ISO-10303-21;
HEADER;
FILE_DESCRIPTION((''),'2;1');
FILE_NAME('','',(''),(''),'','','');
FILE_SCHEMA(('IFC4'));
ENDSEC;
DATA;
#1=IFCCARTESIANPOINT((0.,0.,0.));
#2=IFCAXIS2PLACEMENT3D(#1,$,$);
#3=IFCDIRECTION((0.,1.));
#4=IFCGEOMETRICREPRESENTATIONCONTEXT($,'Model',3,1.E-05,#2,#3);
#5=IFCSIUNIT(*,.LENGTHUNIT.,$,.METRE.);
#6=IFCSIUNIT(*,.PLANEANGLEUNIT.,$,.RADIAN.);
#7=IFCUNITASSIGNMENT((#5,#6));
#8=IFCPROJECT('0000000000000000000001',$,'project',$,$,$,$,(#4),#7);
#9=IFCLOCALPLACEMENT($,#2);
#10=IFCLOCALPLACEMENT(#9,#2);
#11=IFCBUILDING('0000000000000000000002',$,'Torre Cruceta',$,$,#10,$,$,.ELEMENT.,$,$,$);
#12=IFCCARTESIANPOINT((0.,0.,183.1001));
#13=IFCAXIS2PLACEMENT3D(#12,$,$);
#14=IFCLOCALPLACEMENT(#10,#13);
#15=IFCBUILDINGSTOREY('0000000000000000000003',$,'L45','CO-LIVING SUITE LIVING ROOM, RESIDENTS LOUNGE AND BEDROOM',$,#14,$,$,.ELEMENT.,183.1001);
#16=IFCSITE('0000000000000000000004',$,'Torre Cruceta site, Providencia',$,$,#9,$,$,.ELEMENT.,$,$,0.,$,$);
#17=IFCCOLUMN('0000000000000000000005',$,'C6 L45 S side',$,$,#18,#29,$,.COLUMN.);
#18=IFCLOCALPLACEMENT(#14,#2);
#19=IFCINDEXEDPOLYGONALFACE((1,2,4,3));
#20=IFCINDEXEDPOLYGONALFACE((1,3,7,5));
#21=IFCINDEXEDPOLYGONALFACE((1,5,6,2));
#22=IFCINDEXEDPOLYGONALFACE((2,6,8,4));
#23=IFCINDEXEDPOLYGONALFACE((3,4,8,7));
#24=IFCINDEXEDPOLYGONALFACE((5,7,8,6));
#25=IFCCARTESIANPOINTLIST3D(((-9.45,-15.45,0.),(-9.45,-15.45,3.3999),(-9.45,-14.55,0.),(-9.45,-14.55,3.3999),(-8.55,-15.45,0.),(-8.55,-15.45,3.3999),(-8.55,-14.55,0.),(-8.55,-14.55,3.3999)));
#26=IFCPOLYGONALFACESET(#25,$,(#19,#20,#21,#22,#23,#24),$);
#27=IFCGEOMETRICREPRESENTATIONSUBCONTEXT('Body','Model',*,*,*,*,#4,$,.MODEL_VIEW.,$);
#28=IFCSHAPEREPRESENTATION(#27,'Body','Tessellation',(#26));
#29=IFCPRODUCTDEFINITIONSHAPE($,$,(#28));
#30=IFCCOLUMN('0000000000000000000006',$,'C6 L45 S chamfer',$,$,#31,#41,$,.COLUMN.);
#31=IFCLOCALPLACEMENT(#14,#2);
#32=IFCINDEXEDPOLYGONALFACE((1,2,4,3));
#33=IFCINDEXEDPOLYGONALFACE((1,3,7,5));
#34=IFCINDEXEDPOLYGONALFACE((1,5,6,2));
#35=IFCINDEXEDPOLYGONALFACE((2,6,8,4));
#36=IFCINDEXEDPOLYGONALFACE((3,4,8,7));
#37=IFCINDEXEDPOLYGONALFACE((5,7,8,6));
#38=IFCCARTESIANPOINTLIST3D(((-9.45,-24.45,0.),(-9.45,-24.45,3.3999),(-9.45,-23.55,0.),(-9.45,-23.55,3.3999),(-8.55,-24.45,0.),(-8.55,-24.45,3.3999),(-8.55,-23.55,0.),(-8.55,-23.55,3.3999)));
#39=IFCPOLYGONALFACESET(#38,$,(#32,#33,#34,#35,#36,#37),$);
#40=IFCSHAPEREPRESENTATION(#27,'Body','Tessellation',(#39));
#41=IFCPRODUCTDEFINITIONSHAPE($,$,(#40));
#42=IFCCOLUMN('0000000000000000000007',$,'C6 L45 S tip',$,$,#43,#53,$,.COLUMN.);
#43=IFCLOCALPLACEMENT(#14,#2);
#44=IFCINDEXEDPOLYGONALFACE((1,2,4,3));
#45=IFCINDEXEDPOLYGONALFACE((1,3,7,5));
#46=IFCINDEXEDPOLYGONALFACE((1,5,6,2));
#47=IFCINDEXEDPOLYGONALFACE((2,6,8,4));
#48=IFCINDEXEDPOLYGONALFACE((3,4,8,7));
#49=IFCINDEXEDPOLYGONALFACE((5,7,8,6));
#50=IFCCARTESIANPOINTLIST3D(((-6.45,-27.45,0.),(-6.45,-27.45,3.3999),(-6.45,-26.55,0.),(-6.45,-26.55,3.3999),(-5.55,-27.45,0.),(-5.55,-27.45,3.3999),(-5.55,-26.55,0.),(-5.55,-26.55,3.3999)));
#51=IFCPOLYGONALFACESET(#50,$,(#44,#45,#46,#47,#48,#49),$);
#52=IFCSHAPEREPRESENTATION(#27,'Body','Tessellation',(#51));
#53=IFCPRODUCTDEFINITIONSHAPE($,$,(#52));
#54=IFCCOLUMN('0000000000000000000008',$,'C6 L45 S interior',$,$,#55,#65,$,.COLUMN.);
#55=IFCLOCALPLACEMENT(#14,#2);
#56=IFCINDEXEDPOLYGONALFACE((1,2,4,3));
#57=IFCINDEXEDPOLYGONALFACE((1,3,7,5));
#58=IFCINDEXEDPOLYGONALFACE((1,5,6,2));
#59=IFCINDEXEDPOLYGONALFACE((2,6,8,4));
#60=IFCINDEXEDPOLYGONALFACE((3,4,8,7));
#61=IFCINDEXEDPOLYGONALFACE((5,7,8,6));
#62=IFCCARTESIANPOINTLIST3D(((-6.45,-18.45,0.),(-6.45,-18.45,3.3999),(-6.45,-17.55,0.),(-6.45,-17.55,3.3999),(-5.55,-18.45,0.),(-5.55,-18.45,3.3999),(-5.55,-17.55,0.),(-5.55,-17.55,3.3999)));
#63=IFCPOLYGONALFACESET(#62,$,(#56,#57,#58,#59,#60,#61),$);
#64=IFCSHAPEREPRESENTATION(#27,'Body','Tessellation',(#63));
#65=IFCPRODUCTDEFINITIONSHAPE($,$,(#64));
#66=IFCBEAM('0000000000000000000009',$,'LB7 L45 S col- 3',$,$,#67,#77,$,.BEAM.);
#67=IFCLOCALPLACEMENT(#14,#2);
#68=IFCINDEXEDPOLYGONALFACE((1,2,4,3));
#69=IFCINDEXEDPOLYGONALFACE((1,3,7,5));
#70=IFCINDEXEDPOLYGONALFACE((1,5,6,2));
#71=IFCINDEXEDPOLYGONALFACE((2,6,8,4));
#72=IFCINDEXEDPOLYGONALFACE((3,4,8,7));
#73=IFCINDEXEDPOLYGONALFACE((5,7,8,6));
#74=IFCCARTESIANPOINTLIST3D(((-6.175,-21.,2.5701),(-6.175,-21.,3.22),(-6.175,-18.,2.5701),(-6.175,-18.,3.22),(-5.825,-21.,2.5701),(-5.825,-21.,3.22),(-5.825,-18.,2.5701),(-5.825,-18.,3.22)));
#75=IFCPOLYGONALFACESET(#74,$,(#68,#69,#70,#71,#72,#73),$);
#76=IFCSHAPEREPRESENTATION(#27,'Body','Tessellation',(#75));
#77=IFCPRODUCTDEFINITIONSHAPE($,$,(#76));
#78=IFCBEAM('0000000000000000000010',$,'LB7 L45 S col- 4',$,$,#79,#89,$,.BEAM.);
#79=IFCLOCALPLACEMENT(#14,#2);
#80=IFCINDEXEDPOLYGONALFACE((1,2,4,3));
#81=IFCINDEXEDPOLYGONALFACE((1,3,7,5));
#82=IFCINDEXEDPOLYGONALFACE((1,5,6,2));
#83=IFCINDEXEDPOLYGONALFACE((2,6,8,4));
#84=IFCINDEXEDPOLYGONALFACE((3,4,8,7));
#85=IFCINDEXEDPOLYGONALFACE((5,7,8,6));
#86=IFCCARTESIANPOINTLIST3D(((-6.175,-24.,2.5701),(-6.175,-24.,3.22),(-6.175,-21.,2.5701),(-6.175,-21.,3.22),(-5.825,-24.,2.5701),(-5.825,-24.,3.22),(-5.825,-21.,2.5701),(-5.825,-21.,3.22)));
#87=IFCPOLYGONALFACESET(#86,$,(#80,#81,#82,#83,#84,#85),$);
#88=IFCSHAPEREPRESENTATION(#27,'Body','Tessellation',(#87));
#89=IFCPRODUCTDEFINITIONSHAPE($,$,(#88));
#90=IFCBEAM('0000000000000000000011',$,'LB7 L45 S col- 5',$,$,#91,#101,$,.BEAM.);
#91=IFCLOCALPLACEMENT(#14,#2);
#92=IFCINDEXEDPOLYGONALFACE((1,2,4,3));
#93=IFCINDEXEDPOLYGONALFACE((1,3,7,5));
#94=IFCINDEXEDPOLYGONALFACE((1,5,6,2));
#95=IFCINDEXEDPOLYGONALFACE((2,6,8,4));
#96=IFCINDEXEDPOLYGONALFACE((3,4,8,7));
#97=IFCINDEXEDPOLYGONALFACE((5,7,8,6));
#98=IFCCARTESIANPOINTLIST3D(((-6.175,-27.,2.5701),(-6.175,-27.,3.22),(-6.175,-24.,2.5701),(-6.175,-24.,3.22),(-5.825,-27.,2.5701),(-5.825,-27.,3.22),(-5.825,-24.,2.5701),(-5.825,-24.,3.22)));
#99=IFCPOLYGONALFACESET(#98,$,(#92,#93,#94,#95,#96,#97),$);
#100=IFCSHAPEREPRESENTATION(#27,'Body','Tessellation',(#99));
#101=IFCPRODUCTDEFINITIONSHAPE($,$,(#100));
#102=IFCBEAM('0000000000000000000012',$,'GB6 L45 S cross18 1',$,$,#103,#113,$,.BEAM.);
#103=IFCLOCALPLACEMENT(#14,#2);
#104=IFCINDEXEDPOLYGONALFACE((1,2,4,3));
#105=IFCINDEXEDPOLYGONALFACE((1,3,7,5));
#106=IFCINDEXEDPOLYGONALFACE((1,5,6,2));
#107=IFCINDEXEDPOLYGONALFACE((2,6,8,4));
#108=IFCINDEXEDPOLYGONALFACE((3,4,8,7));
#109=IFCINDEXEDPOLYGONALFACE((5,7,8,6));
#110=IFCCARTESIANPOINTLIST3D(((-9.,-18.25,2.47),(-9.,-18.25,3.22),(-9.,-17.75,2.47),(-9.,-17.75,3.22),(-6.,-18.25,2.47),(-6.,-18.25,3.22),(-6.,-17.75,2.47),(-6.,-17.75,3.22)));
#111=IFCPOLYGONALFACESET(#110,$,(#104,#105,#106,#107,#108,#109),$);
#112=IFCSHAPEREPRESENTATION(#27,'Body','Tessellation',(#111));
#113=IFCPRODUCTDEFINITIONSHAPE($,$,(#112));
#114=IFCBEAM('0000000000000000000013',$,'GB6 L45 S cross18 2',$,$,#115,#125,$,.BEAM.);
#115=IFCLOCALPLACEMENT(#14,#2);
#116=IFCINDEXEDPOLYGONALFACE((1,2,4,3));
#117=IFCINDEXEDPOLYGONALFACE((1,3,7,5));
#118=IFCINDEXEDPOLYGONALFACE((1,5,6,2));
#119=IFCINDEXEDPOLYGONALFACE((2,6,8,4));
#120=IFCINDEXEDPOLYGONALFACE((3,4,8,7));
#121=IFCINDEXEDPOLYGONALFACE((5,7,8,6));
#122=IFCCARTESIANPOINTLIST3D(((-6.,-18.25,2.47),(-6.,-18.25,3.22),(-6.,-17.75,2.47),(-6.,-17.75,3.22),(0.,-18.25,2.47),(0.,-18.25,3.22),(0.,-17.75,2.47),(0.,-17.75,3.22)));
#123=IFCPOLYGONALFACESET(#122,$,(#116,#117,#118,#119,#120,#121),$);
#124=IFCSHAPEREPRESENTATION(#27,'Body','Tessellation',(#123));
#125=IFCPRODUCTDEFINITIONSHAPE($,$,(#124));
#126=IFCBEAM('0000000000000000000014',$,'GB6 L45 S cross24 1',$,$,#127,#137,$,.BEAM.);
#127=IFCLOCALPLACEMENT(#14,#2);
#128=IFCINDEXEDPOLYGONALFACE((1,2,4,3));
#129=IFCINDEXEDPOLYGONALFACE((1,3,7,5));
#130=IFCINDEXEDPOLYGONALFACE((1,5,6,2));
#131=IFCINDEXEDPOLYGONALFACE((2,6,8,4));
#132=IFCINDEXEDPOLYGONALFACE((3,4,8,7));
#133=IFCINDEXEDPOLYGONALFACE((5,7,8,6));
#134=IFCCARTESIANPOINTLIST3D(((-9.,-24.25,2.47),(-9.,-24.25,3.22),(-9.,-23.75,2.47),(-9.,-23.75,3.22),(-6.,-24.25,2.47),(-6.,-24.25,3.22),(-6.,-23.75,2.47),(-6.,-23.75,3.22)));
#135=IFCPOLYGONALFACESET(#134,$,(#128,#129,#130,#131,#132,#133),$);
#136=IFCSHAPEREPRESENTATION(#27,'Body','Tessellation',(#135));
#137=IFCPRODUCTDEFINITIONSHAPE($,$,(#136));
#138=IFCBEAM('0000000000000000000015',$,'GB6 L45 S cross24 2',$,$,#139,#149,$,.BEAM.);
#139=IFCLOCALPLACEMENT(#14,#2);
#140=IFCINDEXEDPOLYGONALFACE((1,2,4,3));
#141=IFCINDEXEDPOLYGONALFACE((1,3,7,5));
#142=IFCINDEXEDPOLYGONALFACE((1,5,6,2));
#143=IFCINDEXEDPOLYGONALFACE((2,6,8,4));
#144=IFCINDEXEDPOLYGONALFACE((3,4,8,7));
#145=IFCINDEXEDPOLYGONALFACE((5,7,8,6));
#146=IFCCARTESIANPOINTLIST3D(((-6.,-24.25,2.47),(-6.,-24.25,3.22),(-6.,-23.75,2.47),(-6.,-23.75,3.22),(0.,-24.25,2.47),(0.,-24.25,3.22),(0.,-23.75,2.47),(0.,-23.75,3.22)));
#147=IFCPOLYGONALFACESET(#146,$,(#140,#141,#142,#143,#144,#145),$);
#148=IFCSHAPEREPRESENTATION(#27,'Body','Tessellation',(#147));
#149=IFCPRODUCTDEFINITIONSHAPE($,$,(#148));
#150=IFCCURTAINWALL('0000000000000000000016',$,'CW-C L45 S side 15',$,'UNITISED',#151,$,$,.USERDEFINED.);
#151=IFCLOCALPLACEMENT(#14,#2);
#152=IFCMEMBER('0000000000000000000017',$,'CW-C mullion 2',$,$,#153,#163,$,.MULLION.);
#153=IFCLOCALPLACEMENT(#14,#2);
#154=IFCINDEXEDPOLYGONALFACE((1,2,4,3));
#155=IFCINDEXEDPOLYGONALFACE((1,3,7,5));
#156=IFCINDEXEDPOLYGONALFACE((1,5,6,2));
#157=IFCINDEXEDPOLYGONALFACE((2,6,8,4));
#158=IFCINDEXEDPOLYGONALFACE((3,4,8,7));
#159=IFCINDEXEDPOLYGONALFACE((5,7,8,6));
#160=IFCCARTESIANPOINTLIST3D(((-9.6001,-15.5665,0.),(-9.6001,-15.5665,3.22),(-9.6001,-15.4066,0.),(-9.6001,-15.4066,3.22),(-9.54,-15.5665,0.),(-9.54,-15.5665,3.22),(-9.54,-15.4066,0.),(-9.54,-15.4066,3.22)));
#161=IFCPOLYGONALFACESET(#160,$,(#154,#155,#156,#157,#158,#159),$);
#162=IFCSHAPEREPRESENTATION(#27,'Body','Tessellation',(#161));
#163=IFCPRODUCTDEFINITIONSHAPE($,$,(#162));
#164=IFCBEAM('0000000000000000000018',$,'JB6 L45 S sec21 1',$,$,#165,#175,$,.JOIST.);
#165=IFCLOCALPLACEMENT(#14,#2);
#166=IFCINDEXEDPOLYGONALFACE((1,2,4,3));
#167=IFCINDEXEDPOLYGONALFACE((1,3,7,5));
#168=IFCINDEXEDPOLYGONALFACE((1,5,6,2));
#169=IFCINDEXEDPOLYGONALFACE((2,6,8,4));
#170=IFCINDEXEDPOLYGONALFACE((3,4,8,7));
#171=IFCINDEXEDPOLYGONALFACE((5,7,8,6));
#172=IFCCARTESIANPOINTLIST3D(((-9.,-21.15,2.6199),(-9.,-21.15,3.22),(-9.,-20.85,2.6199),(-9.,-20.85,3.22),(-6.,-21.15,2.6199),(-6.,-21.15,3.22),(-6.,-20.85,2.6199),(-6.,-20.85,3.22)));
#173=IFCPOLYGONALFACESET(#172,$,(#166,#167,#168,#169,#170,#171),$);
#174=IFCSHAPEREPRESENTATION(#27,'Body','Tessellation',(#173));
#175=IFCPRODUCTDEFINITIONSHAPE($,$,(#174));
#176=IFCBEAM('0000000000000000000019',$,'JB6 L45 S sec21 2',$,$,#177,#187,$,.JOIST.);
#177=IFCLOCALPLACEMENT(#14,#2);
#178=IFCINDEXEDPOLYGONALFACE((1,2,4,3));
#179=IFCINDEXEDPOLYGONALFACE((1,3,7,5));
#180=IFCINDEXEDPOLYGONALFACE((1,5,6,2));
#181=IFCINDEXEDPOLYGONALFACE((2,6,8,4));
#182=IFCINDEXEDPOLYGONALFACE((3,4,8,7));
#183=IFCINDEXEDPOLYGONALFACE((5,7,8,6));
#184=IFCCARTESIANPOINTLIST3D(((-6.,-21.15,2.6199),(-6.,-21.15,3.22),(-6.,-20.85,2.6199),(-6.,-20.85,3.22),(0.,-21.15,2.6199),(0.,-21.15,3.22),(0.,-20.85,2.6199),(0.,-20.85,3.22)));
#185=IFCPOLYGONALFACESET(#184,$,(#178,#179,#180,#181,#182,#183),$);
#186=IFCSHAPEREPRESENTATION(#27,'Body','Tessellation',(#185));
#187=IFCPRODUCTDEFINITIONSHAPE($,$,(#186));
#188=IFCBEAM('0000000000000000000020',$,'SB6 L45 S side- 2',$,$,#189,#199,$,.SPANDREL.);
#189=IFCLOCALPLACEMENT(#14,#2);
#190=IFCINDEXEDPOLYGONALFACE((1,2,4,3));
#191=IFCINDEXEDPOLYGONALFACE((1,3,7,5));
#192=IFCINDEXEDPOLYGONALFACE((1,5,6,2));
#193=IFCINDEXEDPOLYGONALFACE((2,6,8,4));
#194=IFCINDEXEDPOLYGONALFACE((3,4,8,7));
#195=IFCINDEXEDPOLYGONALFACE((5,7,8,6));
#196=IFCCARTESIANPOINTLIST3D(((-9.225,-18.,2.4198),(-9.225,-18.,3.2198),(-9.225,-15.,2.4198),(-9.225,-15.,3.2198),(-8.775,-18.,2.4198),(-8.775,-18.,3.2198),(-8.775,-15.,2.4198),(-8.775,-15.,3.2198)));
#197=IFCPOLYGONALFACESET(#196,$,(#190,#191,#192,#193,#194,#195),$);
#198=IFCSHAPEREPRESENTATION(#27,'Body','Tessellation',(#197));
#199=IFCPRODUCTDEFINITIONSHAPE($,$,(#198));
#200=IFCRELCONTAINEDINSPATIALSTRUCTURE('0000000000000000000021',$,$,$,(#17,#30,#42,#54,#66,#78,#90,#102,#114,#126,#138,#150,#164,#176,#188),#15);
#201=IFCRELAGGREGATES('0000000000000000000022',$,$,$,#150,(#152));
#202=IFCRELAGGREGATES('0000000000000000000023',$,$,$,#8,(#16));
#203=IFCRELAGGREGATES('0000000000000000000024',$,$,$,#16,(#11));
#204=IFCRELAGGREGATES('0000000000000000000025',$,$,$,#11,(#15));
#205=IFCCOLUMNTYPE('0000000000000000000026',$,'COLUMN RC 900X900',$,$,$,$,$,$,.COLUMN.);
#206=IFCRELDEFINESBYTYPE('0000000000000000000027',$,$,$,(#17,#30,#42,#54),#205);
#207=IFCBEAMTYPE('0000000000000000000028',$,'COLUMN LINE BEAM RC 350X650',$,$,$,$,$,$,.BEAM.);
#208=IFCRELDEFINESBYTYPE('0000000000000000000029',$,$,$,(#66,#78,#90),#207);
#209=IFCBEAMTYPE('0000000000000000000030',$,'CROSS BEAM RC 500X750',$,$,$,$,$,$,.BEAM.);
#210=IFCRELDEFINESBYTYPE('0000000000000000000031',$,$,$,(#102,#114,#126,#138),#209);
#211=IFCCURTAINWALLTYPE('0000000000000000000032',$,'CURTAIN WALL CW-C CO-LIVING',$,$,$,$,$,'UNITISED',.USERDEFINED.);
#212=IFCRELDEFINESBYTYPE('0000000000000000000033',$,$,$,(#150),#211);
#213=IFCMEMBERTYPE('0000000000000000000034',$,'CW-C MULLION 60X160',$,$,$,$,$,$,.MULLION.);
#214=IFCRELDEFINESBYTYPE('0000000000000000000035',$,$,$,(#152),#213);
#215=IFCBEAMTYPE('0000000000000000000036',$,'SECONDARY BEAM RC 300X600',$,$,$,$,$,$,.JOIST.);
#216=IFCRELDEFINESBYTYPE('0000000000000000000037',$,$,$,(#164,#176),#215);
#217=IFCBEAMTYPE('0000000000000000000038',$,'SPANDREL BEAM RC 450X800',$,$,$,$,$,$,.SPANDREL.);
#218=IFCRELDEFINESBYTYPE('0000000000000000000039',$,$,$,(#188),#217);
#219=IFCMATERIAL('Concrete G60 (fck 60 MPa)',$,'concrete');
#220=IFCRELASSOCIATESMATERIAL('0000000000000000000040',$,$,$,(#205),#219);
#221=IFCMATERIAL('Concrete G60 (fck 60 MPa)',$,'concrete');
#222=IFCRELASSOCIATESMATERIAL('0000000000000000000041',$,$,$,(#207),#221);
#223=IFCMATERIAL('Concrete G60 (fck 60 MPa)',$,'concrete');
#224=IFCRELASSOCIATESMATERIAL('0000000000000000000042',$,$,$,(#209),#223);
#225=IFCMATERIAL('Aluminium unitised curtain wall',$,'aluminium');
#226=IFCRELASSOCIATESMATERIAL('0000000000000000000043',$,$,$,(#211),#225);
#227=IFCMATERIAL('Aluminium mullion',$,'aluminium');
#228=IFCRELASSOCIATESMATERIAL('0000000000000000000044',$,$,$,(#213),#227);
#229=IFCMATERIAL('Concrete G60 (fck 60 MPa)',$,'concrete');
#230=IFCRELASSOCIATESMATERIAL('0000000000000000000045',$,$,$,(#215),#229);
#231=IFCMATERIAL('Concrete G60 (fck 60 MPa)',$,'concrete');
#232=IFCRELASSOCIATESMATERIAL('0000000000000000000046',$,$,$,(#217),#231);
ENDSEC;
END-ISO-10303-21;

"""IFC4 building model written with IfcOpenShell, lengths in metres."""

from ifc_helpers import new_model, si_unit, direction, frame, origin, origin_2d, place, context, subcontext, project, spatial, rectangle, extrude, material, material_profile, profile_set, type_object, element, aggregate, save


model = new_model("IFC4")

# Units and contexts
model_context = context("Model", 3, precision=1e-05, world=origin(), true_north=direction((0.0, 1.0)))
body_context = subcontext(model_context, "Body", "Model", "MODEL_VIEW")
ifc_project = project(units=[si_unit("LENGTHUNIT", "METRE"), si_unit("PLANEANGLEUNIT", "RADIAN")], contexts=[model_context])

# Site, building, storey
site_placement = place(None, origin())
site = spatial("IfcSite", under=ifc_project, at=site_placement, Name="Torre Cruceta site, Providencia", CompositionType="ELEMENT", RefElevation=0.0)
building_placement = place(site_placement, origin())
building = spatial("IfcBuilding", under=site, at=building_placement, Name="Torre Cruceta", CompositionType="ELEMENT")
storey_placement = place(building_placement, frame((0.0, 0.0, 183.1001)))
storey = spatial("IfcBuildingStorey", under=building, at=storey_placement, Name="L45", Description="CO-LIVING SUITE LIVING ROOM, RESIDENTS LOUNGE AND BEDROOM", CompositionType="ELEMENT", Elevation=183.1001)

# Columns
ifc_material_1 = material(Name="Concrete G60 (fck 60 MPa)", Category="concrete")
ifc_material_profile_1 = material_profile(ifc_material_1, rectangle(XDim=0.8999, YDim=0.8999, at=origin_2d()), Name="RC 900X900")
ifc_profile_set_1 = profile_set([ifc_material_profile_1], Name="Concrete G60 (fck 60 MPa)")
column_type = type_object("IfcColumnType", Name="COLUMN RC 900X900", PredefinedType="COLUMN", material=ifc_profile_set_1)
for number, where, z_axis, x_axis, name in (
    (1, (-9.0, -15.0, 0.0), (0.0, 0.0, 1.0), (1.0, 0.0, 0.0), "C6 L45 S side"),
    (2, (-9.0, -24.0, 0.0), (0.0, 0.0, 1.0), (1.0, 0.0, 0.0), "C6 L45 S chamfer"),
    (3, (-6.0, -27.0, 0.0), (0.0, 0.0, 1.0), (1.0, 0.0, 0.0), "C6 L45 S tip"),
    (4, (-6.0, -18.0, 0.0), (0.0, 0.0, 1.0), (1.0, 0.0, 0.0), "C6 L45 S interior"),
):
    element("IfcColumn", number, at=place(storey_placement, frame(where, z_axis=z_axis, x_axis=x_axis)), inside=storey, type_object=column_type, Name=name, PredefinedType="COLUMN", context=body_context, shape_type="SweptSolid", body=[
        extrude(rectangle(XDim=0.8999, YDim=0.8999, at=origin_2d()), origin(), (0.0, 0.0, 1.0), 3.3999),
    ])

# Beams
ifc_material_2 = material(Name="Concrete G60 (fck 60 MPa)", Category="concrete")
ifc_material_profile_2 = material_profile(ifc_material_2, rectangle(XDim=0.3501, YDim=0.6499, at=origin_2d()), Name="RC 350X650")
ifc_profile_set_2 = profile_set([ifc_material_profile_2], Name="Concrete G60 (fck 60 MPa)")
beam_type_1 = type_object("IfcBeamType", Name="COLUMN LINE BEAM RC 350X650", PredefinedType="BEAM", material=ifc_profile_set_2)
for number, where, z_axis, x_axis, name in (
    (5, (-6.0, -18.0, 2.895), (0.0, -1.0, 0.0), (1.0, 0.0, 0.0), "LB7 L45 S col- 3"),
    (6, (-6.0, -21.0, 2.895), (0.0, -1.0, 0.0), (1.0, 0.0, 0.0), "LB7 L45 S col- 4"),
    (7, (-6.0, -24.0, 2.895), (0.0, -1.0, 0.0), (1.0, 0.0, 0.0), "LB7 L45 S col- 5"),
):
    element("IfcBeam", number, at=place(storey_placement, frame(where, z_axis=z_axis, x_axis=x_axis)), inside=storey, type_object=beam_type_1, Name=name, PredefinedType="BEAM", context=body_context, shape_type="SweptSolid", body=[
        extrude(rectangle(XDim=0.3501, YDim=0.6499, at=origin_2d()), origin(), (0.0, 0.0, 1.0), 3.0),
    ])
ifc_material_3 = material(Name="Concrete G60 (fck 60 MPa)", Category="concrete")
ifc_material_profile_3 = material_profile(ifc_material_3, rectangle(XDim=0.5, YDim=0.75, at=origin_2d()), Name="RC 500X750")
ifc_profile_set_3 = profile_set([ifc_material_profile_3], Name="Concrete G60 (fck 60 MPa)")
beam_type_2 = type_object("IfcBeamType", Name="CROSS BEAM RC 500X750", PredefinedType="BEAM", material=ifc_profile_set_3)
beam_1_placement = place(storey_placement, frame((-9.0, -18.0, 2.845), z_axis=(1.0, 0.0, 0.0), x_axis=(0.0, 1.0, 0.0)))
element("IfcBeam", 8, at=beam_1_placement, inside=storey, type_object=beam_type_2, Name="GB6 L45 S cross18 1", PredefinedType="BEAM", context=body_context, shape_type="SweptSolid", body=[
    extrude(rectangle(XDim=0.5, YDim=0.75, at=origin_2d()), origin(), (0.0, 0.0, 1.0), 3.0),
])
beam_2_placement = place(storey_placement, frame((-6.0, -18.0, 2.845), z_axis=(1.0, 0.0, 0.0), x_axis=(0.0, 1.0, 0.0)))
element("IfcBeam", 9, at=beam_2_placement, inside=storey, type_object=beam_type_2, Name="GB6 L45 S cross18 2", PredefinedType="BEAM", context=body_context, shape_type="SweptSolid", body=[
    extrude(rectangle(XDim=0.5, YDim=0.75, at=origin_2d()), origin(), (0.0, 0.0, 1.0), 6.0),
])
beam_3_placement = place(storey_placement, frame((-9.0, -24.0, 2.845), z_axis=(1.0, 0.0, 0.0), x_axis=(0.0, 1.0, 0.0)))
element("IfcBeam", 10, at=beam_3_placement, inside=storey, type_object=beam_type_2, Name="GB6 L45 S cross24 1", PredefinedType="BEAM", context=body_context, shape_type="SweptSolid", body=[
    extrude(rectangle(XDim=0.5, YDim=0.75, at=origin_2d()), origin(), (0.0, 0.0, 1.0), 3.0),
])
beam_4_placement = place(storey_placement, frame((-6.0, -24.0, 2.845), z_axis=(1.0, 0.0, 0.0), x_axis=(0.0, 1.0, 0.0)))
element("IfcBeam", 11, at=beam_4_placement, inside=storey, type_object=beam_type_2, Name="GB6 L45 S cross24 2", PredefinedType="BEAM", context=body_context, shape_type="SweptSolid", body=[
    extrude(rectangle(XDim=0.5, YDim=0.75, at=origin_2d()), origin(), (0.0, 0.0, 1.0), 6.0),
])

# Curtain wall, member
ifc_material_4 = material(Name="Aluminium unitised curtain wall", Category="aluminium")
curtain_wall_type = type_object("IfcCurtainWallType", Name="CURTAIN WALL CW-C CO-LIVING", ElementType="UNITISED", PredefinedType="USERDEFINED", material=ifc_material_4)
curtain_wall_placement = place(storey_placement, origin())
curtain_wall = element("IfcCurtainWall", 12, at=curtain_wall_placement, inside=storey, type_object=curtain_wall_type, Name="CW-C L45 S side 15", ObjectType="UNITISED", PredefinedType="USERDEFINED")
ifc_material_5 = material(Name="Aluminium mullion", Category="aluminium")
ifc_material_profile_4 = material_profile(ifc_material_5, rectangle(XDim=0.0601, YDim=0.1599, at=origin_2d()), Name="AL 60X160")
ifc_profile_set_4 = profile_set([ifc_material_profile_4], Name="Aluminium mullion")
member_type = type_object("IfcMemberType", Name="CW-C MULLION 60X160", PredefinedType="MULLION", material=ifc_profile_set_4)
member_placement = place(storey_placement, frame((-9.5701, -15.4866, 0.0), z_axis=(0.0, 0.0, 1.0), x_axis=(1.0, 0.0, 0.0)))
member = element("IfcMember", 13, at=member_placement, type_object=member_type, Name="CW-C mullion 2", PredefinedType="MULLION", context=body_context, shape_type="SweptSolid", body=[
    extrude(rectangle(XDim=0.0601, YDim=0.1599, at=origin_2d()), origin(), (0.0, 0.0, 1.0), 3.22),
])
aggregate(curtain_wall, [member])

# Beams
ifc_material_6 = material(Name="Concrete G60 (fck 60 MPa)", Category="concrete")
ifc_material_profile_5 = material_profile(ifc_material_6, rectangle(XDim=0.3, YDim=0.6001, at=origin_2d()), Name="RC 300X600")
ifc_profile_set_5 = profile_set([ifc_material_profile_5], Name="Concrete G60 (fck 60 MPa)")
beam_type_3 = type_object("IfcBeamType", Name="SECONDARY BEAM RC 300X600", PredefinedType="JOIST", material=ifc_profile_set_5)
beam_5_placement = place(storey_placement, frame((-9.0, -21.0, 2.9199), z_axis=(1.0, 0.0, 0.0), x_axis=(0.0, 1.0, 0.0)))
element("IfcBeam", 14, at=beam_5_placement, inside=storey, type_object=beam_type_3, Name="JB6 L45 S sec21 1", PredefinedType="JOIST", context=body_context, shape_type="SweptSolid", body=[
    extrude(rectangle(XDim=0.3, YDim=0.6001, at=origin_2d()), origin(), (0.0, 0.0, 1.0), 3.0),
])
beam_6_placement = place(storey_placement, frame((-6.0, -21.0, 2.9199), z_axis=(1.0, 0.0, 0.0), x_axis=(0.0, 1.0, 0.0)))
element("IfcBeam", 15, at=beam_6_placement, inside=storey, type_object=beam_type_3, Name="JB6 L45 S sec21 2", PredefinedType="JOIST", context=body_context, shape_type="SweptSolid", body=[
    extrude(rectangle(XDim=0.3, YDim=0.6001, at=origin_2d()), origin(), (0.0, 0.0, 1.0), 6.0),
])
ifc_material_7 = material(Name="Concrete G60 (fck 60 MPa)", Category="concrete")
ifc_material_profile_6 = material_profile(ifc_material_7, rectangle(XDim=0.45, YDim=0.8, at=origin_2d()), Name="RC 450X800")
ifc_profile_set_6 = profile_set([ifc_material_profile_6], Name="Concrete G60 (fck 60 MPa)")
beam_type_4 = type_object("IfcBeamType", Name="SPANDREL BEAM RC 450X800", PredefinedType="SPANDREL", material=ifc_profile_set_6)
for number, where, z_axis, x_axis, name in (
    (16, (-9.0, -15.0, 2.8198), (0.0, -1.0, 0.0), (1.0, 0.0, 0.0), "SB6 L45 S side- 2"),
):
    element("IfcBeam", number, at=place(storey_placement, frame(where, z_axis=z_axis, x_axis=x_axis)), inside=storey, type_object=beam_type_4, Name=name, PredefinedType="SPANDREL", context=body_context, shape_type="SweptSolid", body=[
        extrude(rectangle(XDim=0.45, YDim=0.8, at=origin_2d()), origin(), (0.0, 0.0, 1.0), 3.0),
    ])

save(model, "model.ifc")
